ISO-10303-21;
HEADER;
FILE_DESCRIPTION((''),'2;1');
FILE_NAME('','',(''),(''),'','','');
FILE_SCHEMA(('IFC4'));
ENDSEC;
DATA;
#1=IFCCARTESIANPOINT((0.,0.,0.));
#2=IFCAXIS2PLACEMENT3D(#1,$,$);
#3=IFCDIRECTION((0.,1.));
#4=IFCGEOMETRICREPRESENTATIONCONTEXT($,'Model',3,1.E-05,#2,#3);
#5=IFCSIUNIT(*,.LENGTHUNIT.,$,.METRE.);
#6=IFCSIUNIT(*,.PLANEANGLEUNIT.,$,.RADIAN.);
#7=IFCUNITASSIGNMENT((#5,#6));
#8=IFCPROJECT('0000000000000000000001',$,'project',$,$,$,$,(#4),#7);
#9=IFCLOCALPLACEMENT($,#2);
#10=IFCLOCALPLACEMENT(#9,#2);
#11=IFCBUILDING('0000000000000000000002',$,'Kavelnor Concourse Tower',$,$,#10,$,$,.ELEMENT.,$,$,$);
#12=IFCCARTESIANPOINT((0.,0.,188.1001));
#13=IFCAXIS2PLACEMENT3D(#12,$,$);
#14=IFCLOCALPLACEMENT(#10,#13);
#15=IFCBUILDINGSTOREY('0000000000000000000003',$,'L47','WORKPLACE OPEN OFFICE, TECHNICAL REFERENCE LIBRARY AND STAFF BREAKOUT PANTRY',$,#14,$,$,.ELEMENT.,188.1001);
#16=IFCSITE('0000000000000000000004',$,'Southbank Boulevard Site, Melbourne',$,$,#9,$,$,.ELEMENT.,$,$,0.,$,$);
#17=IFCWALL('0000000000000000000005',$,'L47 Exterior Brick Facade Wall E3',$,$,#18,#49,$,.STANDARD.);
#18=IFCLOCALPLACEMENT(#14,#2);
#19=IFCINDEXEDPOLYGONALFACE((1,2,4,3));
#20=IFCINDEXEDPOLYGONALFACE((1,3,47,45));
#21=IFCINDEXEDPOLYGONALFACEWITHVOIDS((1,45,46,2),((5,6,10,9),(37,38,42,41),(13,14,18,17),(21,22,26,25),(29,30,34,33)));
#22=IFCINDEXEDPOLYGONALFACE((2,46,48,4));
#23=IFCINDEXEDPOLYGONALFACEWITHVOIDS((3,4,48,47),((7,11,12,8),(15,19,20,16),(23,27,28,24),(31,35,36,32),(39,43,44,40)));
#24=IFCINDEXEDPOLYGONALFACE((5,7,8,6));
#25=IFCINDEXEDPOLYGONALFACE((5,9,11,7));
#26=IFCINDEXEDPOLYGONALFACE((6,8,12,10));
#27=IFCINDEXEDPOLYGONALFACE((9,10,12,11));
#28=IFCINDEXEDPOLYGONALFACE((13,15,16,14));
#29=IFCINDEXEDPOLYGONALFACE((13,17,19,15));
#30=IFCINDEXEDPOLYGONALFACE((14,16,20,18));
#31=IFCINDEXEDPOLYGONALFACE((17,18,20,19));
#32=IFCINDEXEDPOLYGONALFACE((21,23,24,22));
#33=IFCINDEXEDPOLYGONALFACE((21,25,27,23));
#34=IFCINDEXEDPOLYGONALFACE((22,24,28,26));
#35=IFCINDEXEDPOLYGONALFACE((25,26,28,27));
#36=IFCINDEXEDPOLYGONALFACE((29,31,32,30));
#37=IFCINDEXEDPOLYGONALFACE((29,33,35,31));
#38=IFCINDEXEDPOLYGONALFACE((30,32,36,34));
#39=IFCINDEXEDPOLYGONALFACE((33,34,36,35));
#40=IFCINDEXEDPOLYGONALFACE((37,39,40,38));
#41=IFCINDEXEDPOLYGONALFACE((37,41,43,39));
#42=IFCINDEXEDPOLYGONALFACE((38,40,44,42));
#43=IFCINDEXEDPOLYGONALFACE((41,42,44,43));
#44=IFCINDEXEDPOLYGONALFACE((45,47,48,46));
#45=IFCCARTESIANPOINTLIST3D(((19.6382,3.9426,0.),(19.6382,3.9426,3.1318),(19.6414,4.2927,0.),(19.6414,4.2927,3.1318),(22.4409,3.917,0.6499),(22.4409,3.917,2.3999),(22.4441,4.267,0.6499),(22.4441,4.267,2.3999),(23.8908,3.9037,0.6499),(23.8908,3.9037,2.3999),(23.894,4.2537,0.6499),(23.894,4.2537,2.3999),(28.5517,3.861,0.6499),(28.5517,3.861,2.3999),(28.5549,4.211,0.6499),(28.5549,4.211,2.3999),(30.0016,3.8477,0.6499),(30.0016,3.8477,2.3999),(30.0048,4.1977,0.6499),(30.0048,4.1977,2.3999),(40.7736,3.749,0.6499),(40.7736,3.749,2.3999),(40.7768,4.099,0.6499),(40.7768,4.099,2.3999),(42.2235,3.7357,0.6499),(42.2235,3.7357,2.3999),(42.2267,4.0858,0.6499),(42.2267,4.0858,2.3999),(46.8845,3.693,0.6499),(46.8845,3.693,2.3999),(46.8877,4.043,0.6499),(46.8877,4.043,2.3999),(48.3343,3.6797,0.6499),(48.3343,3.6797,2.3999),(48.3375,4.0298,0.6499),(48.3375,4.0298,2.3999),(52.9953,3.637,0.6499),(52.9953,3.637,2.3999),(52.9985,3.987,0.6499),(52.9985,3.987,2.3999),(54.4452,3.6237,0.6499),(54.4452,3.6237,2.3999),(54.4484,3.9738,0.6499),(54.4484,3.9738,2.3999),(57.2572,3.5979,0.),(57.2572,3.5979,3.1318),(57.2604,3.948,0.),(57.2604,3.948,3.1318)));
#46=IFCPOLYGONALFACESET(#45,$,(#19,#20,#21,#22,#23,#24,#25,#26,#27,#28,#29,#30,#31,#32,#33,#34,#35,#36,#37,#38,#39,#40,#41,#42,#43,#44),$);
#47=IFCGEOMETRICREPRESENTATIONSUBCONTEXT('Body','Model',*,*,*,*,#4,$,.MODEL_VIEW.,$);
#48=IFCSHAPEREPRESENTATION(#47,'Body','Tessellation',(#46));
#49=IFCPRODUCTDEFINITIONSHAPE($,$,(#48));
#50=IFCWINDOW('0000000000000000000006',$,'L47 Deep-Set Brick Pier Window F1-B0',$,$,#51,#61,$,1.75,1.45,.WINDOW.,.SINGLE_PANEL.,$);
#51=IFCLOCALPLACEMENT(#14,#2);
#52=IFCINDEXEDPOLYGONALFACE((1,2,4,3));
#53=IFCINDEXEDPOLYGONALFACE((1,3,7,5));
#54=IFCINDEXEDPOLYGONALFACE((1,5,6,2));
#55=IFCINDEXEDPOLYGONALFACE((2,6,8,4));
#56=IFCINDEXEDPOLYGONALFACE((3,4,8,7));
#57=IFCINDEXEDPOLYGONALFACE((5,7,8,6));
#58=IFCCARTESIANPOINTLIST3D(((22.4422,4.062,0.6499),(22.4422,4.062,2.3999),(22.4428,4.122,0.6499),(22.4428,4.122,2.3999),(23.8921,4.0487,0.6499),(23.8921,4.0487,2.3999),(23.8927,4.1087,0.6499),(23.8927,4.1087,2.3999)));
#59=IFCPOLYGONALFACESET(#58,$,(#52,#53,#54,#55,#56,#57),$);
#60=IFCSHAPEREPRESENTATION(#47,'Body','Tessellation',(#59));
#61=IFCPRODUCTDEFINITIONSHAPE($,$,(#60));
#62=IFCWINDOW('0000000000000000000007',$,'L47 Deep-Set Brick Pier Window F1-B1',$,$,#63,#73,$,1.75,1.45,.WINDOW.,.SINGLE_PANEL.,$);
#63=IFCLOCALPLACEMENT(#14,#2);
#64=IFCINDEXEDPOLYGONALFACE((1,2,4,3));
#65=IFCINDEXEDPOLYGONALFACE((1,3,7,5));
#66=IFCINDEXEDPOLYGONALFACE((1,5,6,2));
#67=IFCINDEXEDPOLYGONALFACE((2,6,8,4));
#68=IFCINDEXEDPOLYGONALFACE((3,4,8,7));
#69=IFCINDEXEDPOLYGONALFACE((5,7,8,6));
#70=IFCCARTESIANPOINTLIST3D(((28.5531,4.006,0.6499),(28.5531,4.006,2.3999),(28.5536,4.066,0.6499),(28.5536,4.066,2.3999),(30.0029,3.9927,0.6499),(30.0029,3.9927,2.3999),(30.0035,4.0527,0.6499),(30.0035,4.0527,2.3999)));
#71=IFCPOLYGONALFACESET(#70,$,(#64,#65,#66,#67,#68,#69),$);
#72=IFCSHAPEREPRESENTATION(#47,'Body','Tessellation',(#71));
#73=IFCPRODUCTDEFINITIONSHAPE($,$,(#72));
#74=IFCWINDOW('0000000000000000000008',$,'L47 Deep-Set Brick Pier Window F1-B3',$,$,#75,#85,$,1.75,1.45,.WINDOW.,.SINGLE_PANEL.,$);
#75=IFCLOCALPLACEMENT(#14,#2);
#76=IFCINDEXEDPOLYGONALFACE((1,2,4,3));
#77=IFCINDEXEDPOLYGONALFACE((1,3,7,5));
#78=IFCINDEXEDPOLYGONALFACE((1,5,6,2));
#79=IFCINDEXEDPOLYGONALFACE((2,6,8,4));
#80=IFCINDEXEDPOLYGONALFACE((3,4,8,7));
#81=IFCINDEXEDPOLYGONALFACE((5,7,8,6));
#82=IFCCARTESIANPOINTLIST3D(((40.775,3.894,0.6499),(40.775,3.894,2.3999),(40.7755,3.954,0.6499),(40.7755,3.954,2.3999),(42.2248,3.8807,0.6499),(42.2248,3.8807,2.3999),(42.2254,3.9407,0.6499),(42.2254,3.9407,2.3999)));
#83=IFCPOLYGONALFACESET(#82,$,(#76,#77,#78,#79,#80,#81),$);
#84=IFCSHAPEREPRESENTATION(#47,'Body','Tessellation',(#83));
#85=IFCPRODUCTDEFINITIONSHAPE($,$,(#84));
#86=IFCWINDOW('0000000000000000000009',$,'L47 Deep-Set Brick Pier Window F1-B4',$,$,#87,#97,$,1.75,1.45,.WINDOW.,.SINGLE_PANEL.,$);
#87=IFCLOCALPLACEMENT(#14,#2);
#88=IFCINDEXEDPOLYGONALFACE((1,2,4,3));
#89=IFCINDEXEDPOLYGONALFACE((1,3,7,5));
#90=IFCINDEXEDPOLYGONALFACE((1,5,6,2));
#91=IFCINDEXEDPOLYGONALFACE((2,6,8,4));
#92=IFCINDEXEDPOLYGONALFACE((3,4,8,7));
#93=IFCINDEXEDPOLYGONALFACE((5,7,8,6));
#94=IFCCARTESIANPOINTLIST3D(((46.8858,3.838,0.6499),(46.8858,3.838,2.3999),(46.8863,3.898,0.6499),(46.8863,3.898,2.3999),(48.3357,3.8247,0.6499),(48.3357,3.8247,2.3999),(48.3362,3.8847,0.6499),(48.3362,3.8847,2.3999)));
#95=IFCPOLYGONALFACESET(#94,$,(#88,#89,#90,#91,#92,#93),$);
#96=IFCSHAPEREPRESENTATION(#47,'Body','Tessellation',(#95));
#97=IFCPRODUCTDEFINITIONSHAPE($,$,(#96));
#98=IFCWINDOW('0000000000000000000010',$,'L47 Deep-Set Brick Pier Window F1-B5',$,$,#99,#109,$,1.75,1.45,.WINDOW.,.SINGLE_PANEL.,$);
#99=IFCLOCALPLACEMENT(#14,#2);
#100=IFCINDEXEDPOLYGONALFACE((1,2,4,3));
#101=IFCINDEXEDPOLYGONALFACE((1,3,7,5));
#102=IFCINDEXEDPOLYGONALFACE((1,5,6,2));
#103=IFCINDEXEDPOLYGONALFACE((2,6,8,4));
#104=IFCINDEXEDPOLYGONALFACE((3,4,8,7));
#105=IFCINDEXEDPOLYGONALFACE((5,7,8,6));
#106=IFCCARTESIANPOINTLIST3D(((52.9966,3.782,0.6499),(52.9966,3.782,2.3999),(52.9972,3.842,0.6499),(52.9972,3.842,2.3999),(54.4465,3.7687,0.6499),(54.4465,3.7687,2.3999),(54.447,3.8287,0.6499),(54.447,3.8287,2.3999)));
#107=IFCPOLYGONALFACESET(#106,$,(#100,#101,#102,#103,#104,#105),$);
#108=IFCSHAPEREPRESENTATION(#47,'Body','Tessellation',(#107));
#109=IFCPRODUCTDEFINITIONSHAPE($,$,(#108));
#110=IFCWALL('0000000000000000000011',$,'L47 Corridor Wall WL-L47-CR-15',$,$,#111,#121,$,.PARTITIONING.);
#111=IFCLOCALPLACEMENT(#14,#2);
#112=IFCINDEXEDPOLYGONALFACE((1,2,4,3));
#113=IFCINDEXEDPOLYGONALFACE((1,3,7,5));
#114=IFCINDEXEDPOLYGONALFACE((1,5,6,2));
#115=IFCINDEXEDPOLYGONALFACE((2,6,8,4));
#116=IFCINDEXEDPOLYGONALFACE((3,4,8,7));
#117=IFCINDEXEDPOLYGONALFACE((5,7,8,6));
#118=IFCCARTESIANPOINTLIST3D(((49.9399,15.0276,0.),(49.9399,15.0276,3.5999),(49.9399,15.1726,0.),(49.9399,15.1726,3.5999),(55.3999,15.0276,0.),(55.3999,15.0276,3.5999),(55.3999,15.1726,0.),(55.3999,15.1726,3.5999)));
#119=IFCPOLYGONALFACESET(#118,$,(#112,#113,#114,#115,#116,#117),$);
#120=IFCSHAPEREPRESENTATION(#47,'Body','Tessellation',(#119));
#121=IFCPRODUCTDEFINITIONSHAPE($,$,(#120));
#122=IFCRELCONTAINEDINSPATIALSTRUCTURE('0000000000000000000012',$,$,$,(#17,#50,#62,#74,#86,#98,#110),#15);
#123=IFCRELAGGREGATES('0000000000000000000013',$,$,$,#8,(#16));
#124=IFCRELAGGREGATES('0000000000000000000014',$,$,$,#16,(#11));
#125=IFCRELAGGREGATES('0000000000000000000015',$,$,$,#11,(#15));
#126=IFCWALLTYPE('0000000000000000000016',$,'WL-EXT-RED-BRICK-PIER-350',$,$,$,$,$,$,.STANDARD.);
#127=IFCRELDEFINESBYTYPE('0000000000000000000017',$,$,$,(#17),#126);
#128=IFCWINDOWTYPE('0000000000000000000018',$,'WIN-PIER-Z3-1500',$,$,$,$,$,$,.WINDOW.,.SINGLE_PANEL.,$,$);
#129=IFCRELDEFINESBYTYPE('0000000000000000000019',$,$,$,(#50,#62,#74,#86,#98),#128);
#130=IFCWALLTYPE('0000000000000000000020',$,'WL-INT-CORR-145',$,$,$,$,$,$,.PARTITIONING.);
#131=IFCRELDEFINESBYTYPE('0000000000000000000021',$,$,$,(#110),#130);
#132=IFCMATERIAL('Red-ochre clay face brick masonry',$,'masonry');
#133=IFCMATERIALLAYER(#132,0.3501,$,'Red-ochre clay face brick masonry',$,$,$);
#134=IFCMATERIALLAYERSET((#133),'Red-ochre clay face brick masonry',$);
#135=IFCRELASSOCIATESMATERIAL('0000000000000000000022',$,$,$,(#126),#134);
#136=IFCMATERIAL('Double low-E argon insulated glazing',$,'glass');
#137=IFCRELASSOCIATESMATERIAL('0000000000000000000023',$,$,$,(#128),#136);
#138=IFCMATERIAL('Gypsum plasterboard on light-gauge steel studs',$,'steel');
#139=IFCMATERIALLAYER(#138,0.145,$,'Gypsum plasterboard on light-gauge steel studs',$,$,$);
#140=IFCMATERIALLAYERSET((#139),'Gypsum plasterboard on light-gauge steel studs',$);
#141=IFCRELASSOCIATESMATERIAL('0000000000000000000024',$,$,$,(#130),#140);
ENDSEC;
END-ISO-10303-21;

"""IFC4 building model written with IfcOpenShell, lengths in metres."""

from ifc_helpers import new_model, si_unit, direction, frame, frame_2d, origin, place, context, subcontext, project, spatial, rectangle, extrude, material, layer, layer_set, type_object, element, fill, save


model = new_model("IFC4")

# Units and contexts
model_context = context("Model", 3, precision=1e-05, world=origin(), true_north=direction((0.0, 1.0)))
body_context = subcontext(model_context, "Body", "Model", "MODEL_VIEW")
ifc_project = project(units=[si_unit("LENGTHUNIT", "METRE"), si_unit("PLANEANGLEUNIT", "RADIAN")], contexts=[model_context])

# Site, building, storey
site_placement = place(None, origin())
site = spatial("IfcSite", under=ifc_project, at=site_placement, Name="Southbank Boulevard Site, Melbourne", CompositionType="ELEMENT", RefElevation=0.0)
building_placement = place(site_placement, origin())
building = spatial("IfcBuilding", under=site, at=building_placement, Name="Kavelnor Concourse Tower", CompositionType="ELEMENT")
storey_placement = place(building_placement, frame((0.0, 0.0, 188.1001)))
storey = spatial("IfcBuildingStorey", under=building, at=storey_placement, Name="L47", Description="WORKPLACE OPEN OFFICE, TECHNICAL REFERENCE LIBRARY AND STAFF BREAKOUT PANTRY", CompositionType="ELEMENT", Elevation=188.1001)

# Shared definitions
ifc_material_1 = material(Name="Double low-E argon insulated glazing", Category="glass")

# Wall, openings, windows
ifc_material_2 = material(Name="Red-ochre clay face brick masonry", Category="masonry")
ifc_layer_1 = layer(ifc_material_2, 0.3501, Name="Red-ochre clay face brick masonry")
ifc_layer_set_1 = layer_set([ifc_layer_1], Name="Red-ochre clay face brick masonry")
wall_type_1 = type_object("IfcWallType", Name="WL-EXT-RED-BRICK-PIER-350", PredefinedType="STANDARD", material=ifc_layer_set_1)
wall_1_placement = place(storey_placement, frame((57.2588, 3.7729, 0.0), z_axis=(0.0, 0.0, 1.0), x_axis=(-0.999958, 0.009163, 0.0)))
wall_1 = element("IfcWall", 1, at=wall_1_placement, inside=storey, type_object=wall_type_1, Name="L47 Exterior Brick Facade Wall E3", PredefinedType="STANDARD", context=body_context, shape_type="SweptSolid", body=[
    extrude(rectangle(XDim=37.6206, YDim=0.3501, at=frame_2d((18.8103, 0.0))), origin(), (0.0, 0.0, 1.0), 3.1318),
])
opening_1_placement = place(wall_1_placement, frame((33.3677, 0.0, 0.6499)))
opening_1 = element("IfcOpeningElement", 2, at=opening_1_placement, cuts=wall_1, PredefinedType="OPENING", context=body_context, shape_type="SweptSolid", body=[
    extrude(rectangle(XDim=1.45, YDim=1.75, at=frame_2d((0.7251, 0.875))), frame((0.0, 0.1851, 0.0), z_axis=(0.0, -1.0, 0.0), x_axis=(1.0, 0.0, 0.0)), (0.0, 0.0, 1.0), 0.3701),
])
opening_2_placement = place(wall_1_placement, frame((27.2566, 0.0, 0.6499)))
opening_2 = element("IfcOpeningElement", 3, at=opening_2_placement, cuts=wall_1, PredefinedType="OPENING", context=body_context, shape_type="SweptSolid", body=[
    extrude(rectangle(XDim=1.45, YDim=1.75, at=frame_2d((0.7251, 0.875))), frame((0.0, 0.1851, 0.0), z_axis=(0.0, -1.0, 0.0), x_axis=(1.0, 0.0, 0.0)), (0.0, 0.0, 1.0), 0.3701),
])
opening_3_placement = place(wall_1_placement, frame((15.0342, 0.0, 0.6499)))
opening_3 = element("IfcOpeningElement", 4, at=opening_3_placement, cuts=wall_1, PredefinedType="OPENING", context=body_context, shape_type="SweptSolid", body=[
    extrude(rectangle(XDim=1.45, YDim=1.75, at=frame_2d((0.7251, 0.875))), frame((0.0, 0.1851, 0.0), z_axis=(0.0, -1.0, 0.0), x_axis=(1.0, 0.0, 0.0)), (0.0, 0.0, 1.0), 0.3701),
])
opening_4_placement = place(wall_1_placement, frame((8.9231, 0.0, 0.6499)))
opening_4 = element("IfcOpeningElement", 5, at=opening_4_placement, cuts=wall_1, PredefinedType="OPENING", context=body_context, shape_type="SweptSolid", body=[
    extrude(rectangle(XDim=1.45, YDim=1.75, at=frame_2d((0.7251, 0.875))), frame((0.0, 0.1851, 0.0), z_axis=(0.0, -1.0, 0.0), x_axis=(1.0, 0.0, 0.0)), (0.0, 0.0, 1.0), 0.3701),
])
opening_5_placement = place(wall_1_placement, frame((2.812, 0.0, 0.6499)))
opening_5 = element("IfcOpeningElement", 6, at=opening_5_placement, cuts=wall_1, PredefinedType="OPENING", context=body_context, shape_type="SweptSolid", body=[
    extrude(rectangle(XDim=1.45, YDim=1.75, at=frame_2d((0.7251, 0.875))), frame((0.0, 0.1851, 0.0), z_axis=(0.0, -1.0, 0.0), x_axis=(1.0, 0.0, 0.0)), (0.0, 0.0, 1.0), 0.3701),
])
window_type_1 = type_object("IfcWindowType", Name="WIN-PIER-Z3-1500", PartitioningType="SINGLE_PANEL", PredefinedType="WINDOW", material=ifc_material_1)
window_1_placement = place(opening_1_placement, origin())
window_1 = element("IfcWindow", 7, at=window_1_placement, inside=storey, type_object=window_type_1, Name="L47 Deep-Set Brick Pier Window F1-B0", OverallHeight=1.75, OverallWidth=1.45, PartitioningType="SINGLE_PANEL", PredefinedType="WINDOW", context=body_context, shape_type="SweptSolid", body=[
    extrude(rectangle(XDim=1.45, YDim=1.75, at=frame_2d((0.7251, 0.875))), frame((0.0, 0.03, 0.0), z_axis=(0.0, -1.0, 0.0), x_axis=(1.0, 0.0, 0.0)), (0.0, 0.0, 1.0), 0.0601),
])
fill(opening_1, window_1)
window_2_placement = place(opening_2_placement, origin())
window_2 = element("IfcWindow", 8, at=window_2_placement, inside=storey, type_object=window_type_1, Name="L47 Deep-Set Brick Pier Window F1-B1", OverallHeight=1.75, OverallWidth=1.45, PartitioningType="SINGLE_PANEL", PredefinedType="WINDOW", context=body_context, shape_type="SweptSolid", body=[
    extrude(rectangle(XDim=1.45, YDim=1.75, at=frame_2d((0.7251, 0.875))), frame((0.0, 0.03, 0.0), z_axis=(0.0, -1.0, 0.0), x_axis=(1.0, 0.0, 0.0)), (0.0, 0.0, 1.0), 0.0601),
])
fill(opening_2, window_2)
window_3_placement = place(opening_3_placement, origin())
window_3 = element("IfcWindow", 9, at=window_3_placement, inside=storey, type_object=window_type_1, Name="L47 Deep-Set Brick Pier Window F1-B3", OverallHeight=1.75, OverallWidth=1.45, PartitioningType="SINGLE_PANEL", PredefinedType="WINDOW", context=body_context, shape_type="SweptSolid", body=[
    extrude(rectangle(XDim=1.45, YDim=1.75, at=frame_2d((0.7251, 0.875))), frame((0.0, 0.03, 0.0), z_axis=(0.0, -1.0, 0.0), x_axis=(1.0, 0.0, 0.0)), (0.0, 0.0, 1.0), 0.0601),
])
fill(opening_3, window_3)
window_4_placement = place(opening_4_placement, origin())
window_4 = element("IfcWindow", 10, at=window_4_placement, inside=storey, type_object=window_type_1, Name="L47 Deep-Set Brick Pier Window F1-B4", OverallHeight=1.75, OverallWidth=1.45, PartitioningType="SINGLE_PANEL", PredefinedType="WINDOW", context=body_context, shape_type="SweptSolid", body=[
    extrude(rectangle(XDim=1.45, YDim=1.75, at=frame_2d((0.7251, 0.875))), frame((0.0, 0.03, 0.0), z_axis=(0.0, -1.0, 0.0), x_axis=(1.0, 0.0, 0.0)), (0.0, 0.0, 1.0), 0.0601),
])
fill(opening_4, window_4)
window_5_placement = place(opening_5_placement, origin())
window_5 = element("IfcWindow", 11, at=window_5_placement, inside=storey, type_object=window_type_1, Name="L47 Deep-Set Brick Pier Window F1-B5", OverallHeight=1.75, OverallWidth=1.45, PartitioningType="SINGLE_PANEL", PredefinedType="WINDOW", context=body_context, shape_type="SweptSolid", body=[
    extrude(rectangle(XDim=1.45, YDim=1.75, at=frame_2d((0.7251, 0.875))), frame((0.0, 0.03, 0.0), z_axis=(0.0, -1.0, 0.0), x_axis=(1.0, 0.0, 0.0)), (0.0, 0.0, 1.0), 0.0601),
])
fill(opening_5, window_5)

# Wall
ifc_material_3 = material(Name="Gypsum plasterboard on light-gauge steel studs", Category="steel")
ifc_layer_2 = layer(ifc_material_3, 0.145, Name="Gypsum plasterboard on light-gauge steel studs")
ifc_layer_set_2 = layer_set([ifc_layer_2], Name="Gypsum plasterboard on light-gauge steel studs")
wall_type_2 = type_object("IfcWallType", Name="WL-INT-CORR-145", PredefinedType="PARTITIONING", material=ifc_layer_set_2)
wall_2_placement = place(storey_placement, frame((55.3999, 15.1001, 0.0), z_axis=(0.0, 0.0, 1.0), x_axis=(-1.0, 0.0, 0.0)))
element("IfcWall", 12, at=wall_2_placement, inside=storey, type_object=wall_type_2, Name="L47 Corridor Wall WL-L47-CR-15", PredefinedType="PARTITIONING", context=body_context, shape_type="SweptSolid", body=[
    extrude(rectangle(XDim=5.46, YDim=0.145, at=frame_2d((2.73, 0.0))), origin(), (0.0, 0.0, 1.0), 3.5999),
])

save(model, "model.ifc")
